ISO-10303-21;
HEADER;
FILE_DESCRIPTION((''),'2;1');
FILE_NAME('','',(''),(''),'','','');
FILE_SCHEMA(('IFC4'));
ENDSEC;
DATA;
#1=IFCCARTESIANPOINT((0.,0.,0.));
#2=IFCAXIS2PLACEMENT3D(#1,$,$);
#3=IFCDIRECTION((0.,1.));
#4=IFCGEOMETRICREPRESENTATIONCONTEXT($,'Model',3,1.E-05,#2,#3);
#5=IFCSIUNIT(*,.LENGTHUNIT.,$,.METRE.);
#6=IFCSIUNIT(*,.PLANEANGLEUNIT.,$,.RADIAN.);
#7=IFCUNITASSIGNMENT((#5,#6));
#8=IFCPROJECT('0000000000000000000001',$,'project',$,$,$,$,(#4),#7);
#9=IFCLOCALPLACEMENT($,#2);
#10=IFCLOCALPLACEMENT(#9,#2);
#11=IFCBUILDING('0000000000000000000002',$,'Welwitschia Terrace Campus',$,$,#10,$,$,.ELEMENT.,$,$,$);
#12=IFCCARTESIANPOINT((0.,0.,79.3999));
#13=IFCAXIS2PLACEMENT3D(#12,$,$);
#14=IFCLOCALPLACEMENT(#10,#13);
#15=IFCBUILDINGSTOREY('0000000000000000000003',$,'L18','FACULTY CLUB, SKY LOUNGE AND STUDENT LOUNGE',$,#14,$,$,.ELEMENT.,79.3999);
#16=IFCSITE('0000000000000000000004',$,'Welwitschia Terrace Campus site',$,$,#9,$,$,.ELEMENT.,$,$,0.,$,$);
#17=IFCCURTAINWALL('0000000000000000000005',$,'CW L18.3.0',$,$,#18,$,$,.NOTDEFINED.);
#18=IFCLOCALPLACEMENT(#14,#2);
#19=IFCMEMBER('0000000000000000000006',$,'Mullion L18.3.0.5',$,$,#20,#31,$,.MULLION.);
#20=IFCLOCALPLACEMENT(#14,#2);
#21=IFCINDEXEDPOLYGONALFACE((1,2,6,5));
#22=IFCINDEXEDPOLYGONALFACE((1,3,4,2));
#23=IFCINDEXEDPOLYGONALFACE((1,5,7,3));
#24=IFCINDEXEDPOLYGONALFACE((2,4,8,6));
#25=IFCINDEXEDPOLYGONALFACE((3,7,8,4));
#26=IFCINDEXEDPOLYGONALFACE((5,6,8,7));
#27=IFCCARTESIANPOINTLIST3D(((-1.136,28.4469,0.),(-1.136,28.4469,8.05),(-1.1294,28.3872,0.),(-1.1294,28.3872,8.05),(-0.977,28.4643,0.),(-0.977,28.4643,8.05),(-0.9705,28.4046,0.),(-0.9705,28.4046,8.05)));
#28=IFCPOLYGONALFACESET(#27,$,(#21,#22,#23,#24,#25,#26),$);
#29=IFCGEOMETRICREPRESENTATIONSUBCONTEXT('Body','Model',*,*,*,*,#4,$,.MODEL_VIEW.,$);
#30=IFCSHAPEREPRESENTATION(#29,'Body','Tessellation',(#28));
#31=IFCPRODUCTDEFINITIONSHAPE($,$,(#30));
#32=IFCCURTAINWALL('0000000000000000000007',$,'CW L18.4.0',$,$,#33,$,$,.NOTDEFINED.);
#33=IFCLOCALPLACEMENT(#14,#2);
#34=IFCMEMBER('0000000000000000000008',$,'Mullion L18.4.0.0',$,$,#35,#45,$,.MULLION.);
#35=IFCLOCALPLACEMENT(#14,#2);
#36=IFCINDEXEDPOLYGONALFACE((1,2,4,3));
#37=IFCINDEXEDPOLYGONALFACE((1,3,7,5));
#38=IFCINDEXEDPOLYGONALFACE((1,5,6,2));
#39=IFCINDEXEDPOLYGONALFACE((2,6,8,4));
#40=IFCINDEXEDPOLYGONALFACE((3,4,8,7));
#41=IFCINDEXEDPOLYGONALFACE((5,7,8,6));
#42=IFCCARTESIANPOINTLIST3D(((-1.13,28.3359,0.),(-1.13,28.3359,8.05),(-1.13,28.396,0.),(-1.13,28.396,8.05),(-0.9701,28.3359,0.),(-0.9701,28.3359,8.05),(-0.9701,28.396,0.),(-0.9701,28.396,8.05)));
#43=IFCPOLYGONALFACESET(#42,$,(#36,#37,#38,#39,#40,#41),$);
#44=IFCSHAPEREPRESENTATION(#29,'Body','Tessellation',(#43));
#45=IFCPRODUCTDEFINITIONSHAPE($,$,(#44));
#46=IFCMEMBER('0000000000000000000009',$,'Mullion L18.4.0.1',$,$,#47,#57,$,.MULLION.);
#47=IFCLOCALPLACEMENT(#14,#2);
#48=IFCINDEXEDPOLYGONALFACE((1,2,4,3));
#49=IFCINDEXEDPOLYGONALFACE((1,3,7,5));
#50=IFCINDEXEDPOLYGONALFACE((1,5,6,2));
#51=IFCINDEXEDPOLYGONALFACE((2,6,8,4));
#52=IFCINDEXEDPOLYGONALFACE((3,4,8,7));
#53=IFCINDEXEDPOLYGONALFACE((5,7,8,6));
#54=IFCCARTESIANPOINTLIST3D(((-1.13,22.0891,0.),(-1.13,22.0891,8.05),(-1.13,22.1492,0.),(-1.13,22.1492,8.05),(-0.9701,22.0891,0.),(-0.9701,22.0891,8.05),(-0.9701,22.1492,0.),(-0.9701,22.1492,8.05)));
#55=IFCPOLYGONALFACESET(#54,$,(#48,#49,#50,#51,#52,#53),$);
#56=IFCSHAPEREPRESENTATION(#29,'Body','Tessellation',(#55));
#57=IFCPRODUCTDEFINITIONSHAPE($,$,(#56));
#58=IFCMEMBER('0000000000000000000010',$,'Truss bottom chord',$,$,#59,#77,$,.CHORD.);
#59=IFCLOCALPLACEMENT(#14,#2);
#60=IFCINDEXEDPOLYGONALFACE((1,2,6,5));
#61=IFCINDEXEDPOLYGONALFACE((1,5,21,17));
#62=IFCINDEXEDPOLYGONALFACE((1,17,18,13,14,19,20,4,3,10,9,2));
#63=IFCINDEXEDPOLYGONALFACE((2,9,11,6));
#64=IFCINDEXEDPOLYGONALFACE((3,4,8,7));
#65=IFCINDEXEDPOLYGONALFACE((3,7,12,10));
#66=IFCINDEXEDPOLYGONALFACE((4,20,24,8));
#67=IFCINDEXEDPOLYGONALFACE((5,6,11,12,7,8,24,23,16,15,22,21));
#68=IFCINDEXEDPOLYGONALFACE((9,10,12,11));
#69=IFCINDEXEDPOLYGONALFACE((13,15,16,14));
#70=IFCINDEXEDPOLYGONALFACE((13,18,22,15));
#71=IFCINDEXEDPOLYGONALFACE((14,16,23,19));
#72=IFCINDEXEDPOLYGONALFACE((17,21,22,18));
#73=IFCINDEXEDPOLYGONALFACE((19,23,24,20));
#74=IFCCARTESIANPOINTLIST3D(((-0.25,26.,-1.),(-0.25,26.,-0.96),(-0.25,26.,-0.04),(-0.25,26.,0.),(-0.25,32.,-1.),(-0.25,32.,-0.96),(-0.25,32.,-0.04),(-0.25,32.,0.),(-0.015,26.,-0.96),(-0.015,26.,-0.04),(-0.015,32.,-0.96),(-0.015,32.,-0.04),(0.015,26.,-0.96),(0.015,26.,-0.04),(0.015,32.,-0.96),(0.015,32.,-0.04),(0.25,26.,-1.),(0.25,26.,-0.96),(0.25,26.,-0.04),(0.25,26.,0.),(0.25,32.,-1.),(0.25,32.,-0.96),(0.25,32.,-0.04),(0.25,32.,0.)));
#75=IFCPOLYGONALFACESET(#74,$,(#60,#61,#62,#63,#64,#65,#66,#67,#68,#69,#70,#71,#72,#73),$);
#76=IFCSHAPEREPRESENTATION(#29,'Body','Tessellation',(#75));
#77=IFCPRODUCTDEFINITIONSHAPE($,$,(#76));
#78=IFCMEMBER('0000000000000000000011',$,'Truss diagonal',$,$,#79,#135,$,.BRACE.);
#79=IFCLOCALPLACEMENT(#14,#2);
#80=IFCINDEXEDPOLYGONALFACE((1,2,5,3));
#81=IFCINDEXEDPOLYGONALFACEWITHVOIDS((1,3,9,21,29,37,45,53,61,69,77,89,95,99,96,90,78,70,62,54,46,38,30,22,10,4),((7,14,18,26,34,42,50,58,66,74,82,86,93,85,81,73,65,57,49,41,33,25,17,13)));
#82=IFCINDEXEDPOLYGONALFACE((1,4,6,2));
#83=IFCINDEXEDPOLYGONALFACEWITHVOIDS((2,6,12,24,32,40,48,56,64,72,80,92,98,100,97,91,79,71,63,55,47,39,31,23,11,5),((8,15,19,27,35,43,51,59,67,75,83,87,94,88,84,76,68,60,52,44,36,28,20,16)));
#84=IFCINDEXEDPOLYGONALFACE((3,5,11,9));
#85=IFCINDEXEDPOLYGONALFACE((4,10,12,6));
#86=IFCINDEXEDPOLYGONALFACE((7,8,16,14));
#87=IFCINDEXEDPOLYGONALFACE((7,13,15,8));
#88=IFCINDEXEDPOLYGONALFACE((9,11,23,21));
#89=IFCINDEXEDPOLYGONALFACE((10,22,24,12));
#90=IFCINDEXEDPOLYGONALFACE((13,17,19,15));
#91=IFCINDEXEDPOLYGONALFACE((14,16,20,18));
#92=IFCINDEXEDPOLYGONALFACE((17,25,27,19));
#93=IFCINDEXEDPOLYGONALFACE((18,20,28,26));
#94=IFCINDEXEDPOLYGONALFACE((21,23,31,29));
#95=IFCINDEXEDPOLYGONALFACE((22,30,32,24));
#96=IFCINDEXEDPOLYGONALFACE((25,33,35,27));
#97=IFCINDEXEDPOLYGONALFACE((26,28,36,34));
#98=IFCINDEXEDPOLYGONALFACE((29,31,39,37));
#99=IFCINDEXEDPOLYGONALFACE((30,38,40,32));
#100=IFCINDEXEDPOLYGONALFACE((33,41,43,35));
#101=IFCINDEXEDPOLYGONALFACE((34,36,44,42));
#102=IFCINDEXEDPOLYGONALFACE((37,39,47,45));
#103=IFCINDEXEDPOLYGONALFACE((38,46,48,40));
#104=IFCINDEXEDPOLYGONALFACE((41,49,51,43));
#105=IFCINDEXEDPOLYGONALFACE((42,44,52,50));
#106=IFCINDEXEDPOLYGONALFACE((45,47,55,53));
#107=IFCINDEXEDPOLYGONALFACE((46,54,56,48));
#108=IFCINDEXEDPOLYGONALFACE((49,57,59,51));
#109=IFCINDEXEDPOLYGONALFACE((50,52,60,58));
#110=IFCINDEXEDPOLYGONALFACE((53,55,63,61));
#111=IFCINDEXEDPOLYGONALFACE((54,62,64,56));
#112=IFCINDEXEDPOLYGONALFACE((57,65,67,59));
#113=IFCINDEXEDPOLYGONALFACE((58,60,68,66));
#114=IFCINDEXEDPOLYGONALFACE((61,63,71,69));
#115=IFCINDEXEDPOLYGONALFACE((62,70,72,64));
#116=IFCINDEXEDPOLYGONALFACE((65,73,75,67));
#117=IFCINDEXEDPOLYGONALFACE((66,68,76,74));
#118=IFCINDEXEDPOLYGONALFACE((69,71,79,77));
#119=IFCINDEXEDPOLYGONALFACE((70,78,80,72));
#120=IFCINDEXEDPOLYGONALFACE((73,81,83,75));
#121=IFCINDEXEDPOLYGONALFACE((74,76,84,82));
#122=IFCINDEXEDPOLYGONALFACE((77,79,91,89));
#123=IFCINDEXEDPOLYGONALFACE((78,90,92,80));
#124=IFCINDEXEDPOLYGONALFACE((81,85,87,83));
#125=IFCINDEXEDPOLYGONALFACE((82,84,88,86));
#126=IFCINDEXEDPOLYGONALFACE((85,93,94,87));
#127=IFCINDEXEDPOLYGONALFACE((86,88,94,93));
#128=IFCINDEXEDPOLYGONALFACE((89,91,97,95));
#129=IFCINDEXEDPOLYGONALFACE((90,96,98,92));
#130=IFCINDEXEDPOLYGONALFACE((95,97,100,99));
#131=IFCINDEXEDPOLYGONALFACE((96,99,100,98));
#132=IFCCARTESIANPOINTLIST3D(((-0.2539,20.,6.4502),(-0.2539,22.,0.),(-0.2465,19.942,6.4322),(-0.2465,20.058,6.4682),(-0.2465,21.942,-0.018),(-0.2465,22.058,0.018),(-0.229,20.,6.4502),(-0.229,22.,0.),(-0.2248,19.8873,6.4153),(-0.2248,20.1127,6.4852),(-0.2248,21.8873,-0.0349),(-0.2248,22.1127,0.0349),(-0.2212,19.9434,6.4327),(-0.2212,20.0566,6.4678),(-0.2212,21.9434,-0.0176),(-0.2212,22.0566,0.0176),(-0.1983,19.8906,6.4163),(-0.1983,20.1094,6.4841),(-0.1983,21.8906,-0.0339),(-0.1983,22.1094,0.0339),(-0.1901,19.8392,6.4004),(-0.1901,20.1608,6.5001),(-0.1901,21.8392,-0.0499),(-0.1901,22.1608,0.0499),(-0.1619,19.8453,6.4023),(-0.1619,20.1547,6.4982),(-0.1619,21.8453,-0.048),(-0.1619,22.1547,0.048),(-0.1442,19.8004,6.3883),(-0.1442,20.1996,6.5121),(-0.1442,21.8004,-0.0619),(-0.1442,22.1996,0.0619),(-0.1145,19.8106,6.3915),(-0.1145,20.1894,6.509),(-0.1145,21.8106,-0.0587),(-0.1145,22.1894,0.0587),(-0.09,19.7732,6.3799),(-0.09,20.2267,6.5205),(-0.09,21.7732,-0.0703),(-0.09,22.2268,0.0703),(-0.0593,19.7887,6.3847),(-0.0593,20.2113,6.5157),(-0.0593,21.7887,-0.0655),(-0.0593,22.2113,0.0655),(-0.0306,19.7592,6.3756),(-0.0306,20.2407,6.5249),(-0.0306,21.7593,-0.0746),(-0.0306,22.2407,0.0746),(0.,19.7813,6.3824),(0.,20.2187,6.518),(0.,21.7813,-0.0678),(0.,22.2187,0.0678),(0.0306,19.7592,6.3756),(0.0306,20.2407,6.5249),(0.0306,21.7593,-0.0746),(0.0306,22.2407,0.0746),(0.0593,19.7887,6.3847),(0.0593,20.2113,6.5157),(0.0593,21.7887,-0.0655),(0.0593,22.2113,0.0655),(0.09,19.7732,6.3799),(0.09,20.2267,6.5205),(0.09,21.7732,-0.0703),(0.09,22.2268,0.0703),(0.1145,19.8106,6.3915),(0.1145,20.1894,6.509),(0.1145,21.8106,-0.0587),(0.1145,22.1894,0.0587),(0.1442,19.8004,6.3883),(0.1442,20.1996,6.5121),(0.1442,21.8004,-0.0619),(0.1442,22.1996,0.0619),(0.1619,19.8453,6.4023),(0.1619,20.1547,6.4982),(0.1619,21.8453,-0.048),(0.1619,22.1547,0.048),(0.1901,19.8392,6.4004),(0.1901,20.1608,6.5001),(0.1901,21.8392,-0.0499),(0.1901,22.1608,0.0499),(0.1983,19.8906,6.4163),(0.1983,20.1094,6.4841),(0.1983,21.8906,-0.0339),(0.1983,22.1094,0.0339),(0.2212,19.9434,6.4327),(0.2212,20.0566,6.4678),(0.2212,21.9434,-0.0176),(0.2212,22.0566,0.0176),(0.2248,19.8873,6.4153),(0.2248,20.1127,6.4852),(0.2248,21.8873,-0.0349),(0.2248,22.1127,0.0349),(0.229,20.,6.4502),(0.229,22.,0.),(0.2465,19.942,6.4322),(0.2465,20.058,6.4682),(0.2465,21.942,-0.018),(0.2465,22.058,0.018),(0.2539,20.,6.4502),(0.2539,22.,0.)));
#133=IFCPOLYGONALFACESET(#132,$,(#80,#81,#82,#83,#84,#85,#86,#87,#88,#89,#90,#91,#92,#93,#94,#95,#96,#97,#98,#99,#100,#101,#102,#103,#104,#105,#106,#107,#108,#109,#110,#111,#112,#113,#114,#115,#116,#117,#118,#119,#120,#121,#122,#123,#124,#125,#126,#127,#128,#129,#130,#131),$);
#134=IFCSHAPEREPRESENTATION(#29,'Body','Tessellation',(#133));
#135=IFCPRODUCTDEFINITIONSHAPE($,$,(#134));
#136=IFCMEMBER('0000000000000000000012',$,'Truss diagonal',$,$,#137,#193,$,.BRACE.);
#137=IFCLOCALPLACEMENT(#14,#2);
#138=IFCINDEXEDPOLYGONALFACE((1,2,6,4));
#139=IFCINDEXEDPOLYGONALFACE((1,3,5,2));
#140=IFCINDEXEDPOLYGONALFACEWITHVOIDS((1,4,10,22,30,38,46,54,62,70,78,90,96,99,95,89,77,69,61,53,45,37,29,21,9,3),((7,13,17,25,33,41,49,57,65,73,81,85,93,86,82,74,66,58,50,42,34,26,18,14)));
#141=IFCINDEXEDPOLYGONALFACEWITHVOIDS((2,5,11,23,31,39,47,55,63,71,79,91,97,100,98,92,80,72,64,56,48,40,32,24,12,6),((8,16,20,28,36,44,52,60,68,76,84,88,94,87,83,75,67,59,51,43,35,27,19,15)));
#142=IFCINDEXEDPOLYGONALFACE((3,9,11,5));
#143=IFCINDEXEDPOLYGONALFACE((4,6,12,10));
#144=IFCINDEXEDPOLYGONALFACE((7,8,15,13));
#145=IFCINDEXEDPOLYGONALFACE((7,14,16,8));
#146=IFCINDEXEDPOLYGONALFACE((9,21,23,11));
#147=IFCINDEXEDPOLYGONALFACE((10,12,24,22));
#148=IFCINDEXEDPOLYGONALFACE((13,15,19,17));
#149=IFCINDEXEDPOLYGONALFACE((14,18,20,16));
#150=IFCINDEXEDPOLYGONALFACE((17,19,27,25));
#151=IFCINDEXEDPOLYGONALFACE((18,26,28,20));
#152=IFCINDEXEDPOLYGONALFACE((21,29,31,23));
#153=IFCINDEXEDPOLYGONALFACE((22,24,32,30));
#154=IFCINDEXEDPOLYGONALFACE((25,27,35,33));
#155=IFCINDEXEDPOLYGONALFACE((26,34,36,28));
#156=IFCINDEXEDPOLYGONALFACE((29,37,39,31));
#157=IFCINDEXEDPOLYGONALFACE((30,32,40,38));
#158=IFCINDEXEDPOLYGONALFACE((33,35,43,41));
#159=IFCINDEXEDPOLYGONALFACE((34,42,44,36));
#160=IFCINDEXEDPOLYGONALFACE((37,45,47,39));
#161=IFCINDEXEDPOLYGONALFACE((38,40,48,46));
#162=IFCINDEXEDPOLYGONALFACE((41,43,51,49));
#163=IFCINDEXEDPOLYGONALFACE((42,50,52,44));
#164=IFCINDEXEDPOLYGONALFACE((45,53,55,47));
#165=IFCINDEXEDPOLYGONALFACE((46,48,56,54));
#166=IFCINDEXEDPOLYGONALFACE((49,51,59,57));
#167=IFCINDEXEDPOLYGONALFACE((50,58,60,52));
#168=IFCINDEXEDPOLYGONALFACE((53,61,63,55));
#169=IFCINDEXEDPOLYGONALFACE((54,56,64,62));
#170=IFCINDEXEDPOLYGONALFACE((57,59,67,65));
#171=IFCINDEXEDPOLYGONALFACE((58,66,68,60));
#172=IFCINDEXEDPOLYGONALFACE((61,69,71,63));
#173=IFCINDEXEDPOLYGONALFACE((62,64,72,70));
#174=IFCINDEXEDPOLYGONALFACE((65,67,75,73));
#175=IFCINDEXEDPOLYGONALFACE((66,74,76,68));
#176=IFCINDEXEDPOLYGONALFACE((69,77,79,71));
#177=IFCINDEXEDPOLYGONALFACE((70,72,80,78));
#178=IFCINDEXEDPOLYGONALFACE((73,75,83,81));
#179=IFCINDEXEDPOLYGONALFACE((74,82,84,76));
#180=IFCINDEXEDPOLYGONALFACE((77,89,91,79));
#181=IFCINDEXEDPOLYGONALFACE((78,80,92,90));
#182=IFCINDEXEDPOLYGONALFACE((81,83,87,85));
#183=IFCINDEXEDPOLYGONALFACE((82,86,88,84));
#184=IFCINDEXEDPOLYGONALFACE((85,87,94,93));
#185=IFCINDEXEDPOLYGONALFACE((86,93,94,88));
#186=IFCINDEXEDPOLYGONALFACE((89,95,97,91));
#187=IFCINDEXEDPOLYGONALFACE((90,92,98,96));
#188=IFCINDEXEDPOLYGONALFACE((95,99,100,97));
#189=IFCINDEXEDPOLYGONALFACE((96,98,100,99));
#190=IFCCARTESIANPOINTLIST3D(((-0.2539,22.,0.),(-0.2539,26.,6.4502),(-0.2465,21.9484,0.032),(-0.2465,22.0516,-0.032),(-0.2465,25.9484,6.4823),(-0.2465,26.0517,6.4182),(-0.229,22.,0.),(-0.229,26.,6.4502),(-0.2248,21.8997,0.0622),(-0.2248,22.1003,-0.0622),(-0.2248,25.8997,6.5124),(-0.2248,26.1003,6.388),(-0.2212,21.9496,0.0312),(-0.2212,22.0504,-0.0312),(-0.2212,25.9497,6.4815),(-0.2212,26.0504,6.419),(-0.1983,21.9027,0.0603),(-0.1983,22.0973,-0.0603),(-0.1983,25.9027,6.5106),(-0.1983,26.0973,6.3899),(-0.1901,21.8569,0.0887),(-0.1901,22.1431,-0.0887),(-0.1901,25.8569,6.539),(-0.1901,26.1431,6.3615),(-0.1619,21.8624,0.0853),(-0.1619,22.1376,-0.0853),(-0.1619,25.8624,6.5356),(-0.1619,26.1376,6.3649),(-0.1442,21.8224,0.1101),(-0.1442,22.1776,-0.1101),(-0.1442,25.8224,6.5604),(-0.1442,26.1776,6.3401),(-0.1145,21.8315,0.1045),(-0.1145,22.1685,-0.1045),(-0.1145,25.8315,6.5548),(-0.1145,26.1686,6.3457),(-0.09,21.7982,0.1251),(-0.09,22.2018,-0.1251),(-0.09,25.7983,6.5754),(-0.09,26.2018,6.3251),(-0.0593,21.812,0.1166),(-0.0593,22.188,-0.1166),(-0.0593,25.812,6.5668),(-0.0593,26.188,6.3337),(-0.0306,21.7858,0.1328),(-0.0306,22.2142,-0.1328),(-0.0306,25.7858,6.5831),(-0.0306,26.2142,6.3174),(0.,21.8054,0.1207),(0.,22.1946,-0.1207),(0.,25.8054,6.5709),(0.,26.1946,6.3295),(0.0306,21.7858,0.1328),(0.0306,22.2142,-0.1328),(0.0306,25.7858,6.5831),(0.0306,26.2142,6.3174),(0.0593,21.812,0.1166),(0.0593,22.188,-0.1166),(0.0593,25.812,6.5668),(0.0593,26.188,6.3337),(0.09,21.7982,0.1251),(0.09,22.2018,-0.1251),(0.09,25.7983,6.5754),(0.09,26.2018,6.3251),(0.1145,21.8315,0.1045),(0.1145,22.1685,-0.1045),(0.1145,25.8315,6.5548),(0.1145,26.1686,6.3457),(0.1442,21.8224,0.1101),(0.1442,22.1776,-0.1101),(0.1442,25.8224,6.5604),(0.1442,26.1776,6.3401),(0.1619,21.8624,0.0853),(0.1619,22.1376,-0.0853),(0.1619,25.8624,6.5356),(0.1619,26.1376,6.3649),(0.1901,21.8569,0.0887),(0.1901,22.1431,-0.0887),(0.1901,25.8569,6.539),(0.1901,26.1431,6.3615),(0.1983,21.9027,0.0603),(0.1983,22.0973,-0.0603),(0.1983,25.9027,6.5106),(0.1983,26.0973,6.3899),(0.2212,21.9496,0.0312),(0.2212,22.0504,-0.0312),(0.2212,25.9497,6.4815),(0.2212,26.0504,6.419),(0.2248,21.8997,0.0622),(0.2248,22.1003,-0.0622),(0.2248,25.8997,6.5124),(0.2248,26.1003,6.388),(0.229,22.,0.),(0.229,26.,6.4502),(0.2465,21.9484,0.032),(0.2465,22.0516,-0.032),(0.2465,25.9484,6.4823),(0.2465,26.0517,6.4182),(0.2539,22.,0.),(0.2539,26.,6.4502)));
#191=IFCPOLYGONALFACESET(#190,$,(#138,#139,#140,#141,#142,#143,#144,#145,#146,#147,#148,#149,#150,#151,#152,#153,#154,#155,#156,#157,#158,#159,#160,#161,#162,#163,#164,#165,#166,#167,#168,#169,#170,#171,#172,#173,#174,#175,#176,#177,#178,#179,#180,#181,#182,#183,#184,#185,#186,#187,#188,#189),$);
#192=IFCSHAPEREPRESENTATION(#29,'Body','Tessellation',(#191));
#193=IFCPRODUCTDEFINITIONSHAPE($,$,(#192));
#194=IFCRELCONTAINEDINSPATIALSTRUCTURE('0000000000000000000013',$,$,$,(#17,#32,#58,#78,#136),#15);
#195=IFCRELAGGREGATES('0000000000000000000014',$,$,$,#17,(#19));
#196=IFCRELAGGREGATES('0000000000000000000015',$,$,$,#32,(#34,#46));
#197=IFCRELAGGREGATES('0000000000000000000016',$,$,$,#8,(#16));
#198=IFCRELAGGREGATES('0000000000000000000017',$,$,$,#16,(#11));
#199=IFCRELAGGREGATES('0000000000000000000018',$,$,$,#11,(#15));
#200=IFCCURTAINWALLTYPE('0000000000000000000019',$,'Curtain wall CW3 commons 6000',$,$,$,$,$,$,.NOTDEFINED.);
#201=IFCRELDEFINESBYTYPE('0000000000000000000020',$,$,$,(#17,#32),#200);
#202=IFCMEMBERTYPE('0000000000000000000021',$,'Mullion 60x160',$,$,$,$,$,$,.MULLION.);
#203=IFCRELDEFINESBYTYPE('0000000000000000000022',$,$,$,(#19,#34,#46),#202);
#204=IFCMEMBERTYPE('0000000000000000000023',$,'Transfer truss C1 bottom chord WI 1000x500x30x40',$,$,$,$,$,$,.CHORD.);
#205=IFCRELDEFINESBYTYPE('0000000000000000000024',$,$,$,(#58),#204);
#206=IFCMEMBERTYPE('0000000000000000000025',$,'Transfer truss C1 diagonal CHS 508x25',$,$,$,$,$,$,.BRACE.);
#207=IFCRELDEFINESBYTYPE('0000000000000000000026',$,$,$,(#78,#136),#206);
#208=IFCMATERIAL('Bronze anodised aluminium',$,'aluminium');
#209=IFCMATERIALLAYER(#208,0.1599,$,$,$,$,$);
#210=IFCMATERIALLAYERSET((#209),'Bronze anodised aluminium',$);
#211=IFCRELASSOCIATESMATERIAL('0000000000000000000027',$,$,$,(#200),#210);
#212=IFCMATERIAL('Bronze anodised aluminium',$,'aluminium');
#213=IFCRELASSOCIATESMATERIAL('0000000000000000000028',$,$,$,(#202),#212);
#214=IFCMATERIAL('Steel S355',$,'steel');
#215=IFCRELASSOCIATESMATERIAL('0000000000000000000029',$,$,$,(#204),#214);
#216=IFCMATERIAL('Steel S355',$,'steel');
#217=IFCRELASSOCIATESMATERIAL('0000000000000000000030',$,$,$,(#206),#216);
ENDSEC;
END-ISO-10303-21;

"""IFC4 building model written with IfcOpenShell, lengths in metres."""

from ifc_helpers import new_model, si_unit, direction, frame, origin, origin_2d, place, context, subcontext, project, spatial, rectangle, hollow_circle, i_section, extrude, material, layer, layer_set, material_profile, profile_set, type_object, element, aggregate, save


model = new_model("IFC4")

# Units and contexts
model_context = context("Model", 3, precision=1e-05, world=origin(), true_north=direction((0.0, 1.0)))
body_context = subcontext(model_context, "Body", "Model", "MODEL_VIEW")
ifc_project = project(units=[si_unit("LENGTHUNIT", "METRE"), si_unit("PLANEANGLEUNIT", "RADIAN")], contexts=[model_context])

# Site, building, storey
site_placement = place(None, origin())
site = spatial("IfcSite", under=ifc_project, at=site_placement, Name="Welwitschia Terrace Campus site", CompositionType="ELEMENT", RefElevation=0.0)
building_placement = place(site_placement, origin())
building = spatial("IfcBuilding", under=site, at=building_placement, Name="Welwitschia Terrace Campus", CompositionType="ELEMENT")
storey_placement = place(building_placement, frame((0.0, 0.0, 79.3999)))
storey = spatial("IfcBuildingStorey", under=building, at=storey_placement, Name="L18", Description="FACULTY CLUB, SKY LOUNGE AND STUDENT LOUNGE", CompositionType="ELEMENT", Elevation=79.3999)

# Curtain wall, member
ifc_material_1 = material(Name="Bronze anodised aluminium", Category="aluminium")
ifc_layer_1 = layer(ifc_material_1, 0.1599)
ifc_layer_set_1 = layer_set([ifc_layer_1], Name="Bronze anodised aluminium")
curtain_wall_type = type_object("IfcCurtainWallType", Name="Curtain wall CW3 commons 6000", PredefinedType="NOTDEFINED", material=ifc_layer_set_1)
curtain_wall_1_placement = place(storey_placement, origin())
curtain_wall_1 = element("IfcCurtainWall", 1, at=curtain_wall_1_placement, inside=storey, type_object=curtain_wall_type, Name="CW L18.3.0", PredefinedType="NOTDEFINED")
ifc_material_2 = material(Name="Bronze anodised aluminium", Category="aluminium")
ifc_material_profile_1 = material_profile(ifc_material_2, rectangle(XDim=0.1599, YDim=0.0601, at=origin_2d()))
ifc_profile_set_1 = profile_set([ifc_material_profile_1], Name="Bronze anodised aluminium")
member_type_1 = type_object("IfcMemberType", Name="Mullion 60x160", PredefinedType="MULLION", material=ifc_profile_set_1)
member_1_placement = place(storey_placement, frame((-1.0532, 28.4258, 0.0), z_axis=(0.0, 0.0, 1.0), x_axis=(0.994056, 0.108867, 0.0)))
member_1 = element("IfcMember", 2, at=member_1_placement, type_object=member_type_1, Name="Mullion L18.3.0.5", PredefinedType="MULLION", context=body_context, shape_type="SweptSolid", body=[
    extrude(rectangle(XDim=0.1599, YDim=0.0601, at=origin_2d()), origin(), (0.0, 0.0, 1.0), 8.05),
])
aggregate(curtain_wall_1, [member_1])

# Curtain wall, members
curtain_wall_2_placement = place(storey_placement, origin())
curtain_wall_2 = element("IfcCurtainWall", 3, at=curtain_wall_2_placement, inside=storey, type_object=curtain_wall_type, Name="CW L18.4.0", PredefinedType="NOTDEFINED")
member_2_placement = place(storey_placement, frame((-1.05, 28.366, 0.0), z_axis=(0.0, 0.0, 1.0), x_axis=(1.0, 0.0, 0.0)))
member_2 = element("IfcMember", 4, at=member_2_placement, type_object=member_type_1, Name="Mullion L18.4.0.0", PredefinedType="MULLION", context=body_context, shape_type="SweptSolid", body=[
    extrude(rectangle(XDim=0.1599, YDim=0.0601, at=origin_2d()), origin(), (0.0, 0.0, 1.0), 8.05),
])
member_3_placement = place(storey_placement, frame((-1.05, 22.1191, 0.0), z_axis=(0.0, 0.0, 1.0), x_axis=(1.0, 0.0, 0.0)))
member_3 = element("IfcMember", 5, at=member_3_placement, type_object=member_type_1, Name="Mullion L18.4.0.1", PredefinedType="MULLION", context=body_context, shape_type="SweptSolid", body=[
    extrude(rectangle(XDim=0.1599, YDim=0.0601, at=origin_2d()), origin(), (0.0, 0.0, 1.0), 8.05),
])

# Members
ifc_material_3 = material(Name="Steel S355", Category="steel")
ifc_material_profile_2 = material_profile(ifc_material_3, i_section(OverallWidth=0.5, OverallDepth=1.0, WebThickness=0.03, FlangeThickness=0.04, at=origin_2d()))
ifc_profile_set_2 = profile_set([ifc_material_profile_2], Name="Steel S355")
member_type_2 = type_object("IfcMemberType", Name="Transfer truss C1 bottom chord WI 1000x500x30x40", PredefinedType="CHORD", material=ifc_profile_set_2)
member_4_placement = place(storey_placement, frame((0.0, 26.0, -0.5), z_axis=(0.0, 1.0, 0.0), x_axis=(-1.0, 0.0, 0.0)))
element("IfcMember", 6, at=member_4_placement, inside=storey, type_object=member_type_2, Name="Truss bottom chord", PredefinedType="CHORD", context=body_context, shape_type="SweptSolid", body=[
    extrude(i_section(OverallWidth=0.5, OverallDepth=1.0, WebThickness=0.03, FlangeThickness=0.04, at=origin_2d()), origin(), (0.0, 0.0, 1.0), 6.0),
])
ifc_material_4 = material(Name="Steel S355", Category="steel")
ifc_material_profile_3 = material_profile(ifc_material_4, hollow_circle(Radius=0.2539, WallThickness=0.0249, at=origin_2d()))
ifc_profile_set_3 = profile_set([ifc_material_profile_3], Name="Steel S355")
member_type_3 = type_object("IfcMemberType", Name="Transfer truss C1 diagonal CHS 508x25", PredefinedType="BRACE", material=ifc_profile_set_3)
member_5_placement = place(storey_placement, frame((0.0, 22.0, 0.0), z_axis=(0.0, -0.296158, 0.955139), x_axis=(1.0, 0.0, 0.0)))
element("IfcMember", 7, at=member_5_placement, inside=storey, type_object=member_type_3, Name="Truss diagonal", PredefinedType="BRACE", context=body_context, shape_type="SweptSolid", body=[
    extrude(hollow_circle(Radius=0.2539, WallThickness=0.0249, at=origin_2d()), origin(), (0.0, 0.0, 1.0), 6.7532),
])
member_6_placement = place(storey_placement, frame((0.0, 22.0, 0.0), z_axis=(0.0, 0.527023, 0.849851), x_axis=(-1.0, 0.0, 0.0)))
element("IfcMember", 8, at=member_6_placement, inside=storey, type_object=member_type_3, Name="Truss diagonal", PredefinedType="BRACE", context=body_context, shape_type="SweptSolid", body=[
    extrude(hollow_circle(Radius=0.2539, WallThickness=0.0249, at=origin_2d()), origin(), (0.0, 0.0, 1.0), 7.5898),
])

aggregate(curtain_wall_2, [member_2, member_3])

save(model, "model.ifc")
